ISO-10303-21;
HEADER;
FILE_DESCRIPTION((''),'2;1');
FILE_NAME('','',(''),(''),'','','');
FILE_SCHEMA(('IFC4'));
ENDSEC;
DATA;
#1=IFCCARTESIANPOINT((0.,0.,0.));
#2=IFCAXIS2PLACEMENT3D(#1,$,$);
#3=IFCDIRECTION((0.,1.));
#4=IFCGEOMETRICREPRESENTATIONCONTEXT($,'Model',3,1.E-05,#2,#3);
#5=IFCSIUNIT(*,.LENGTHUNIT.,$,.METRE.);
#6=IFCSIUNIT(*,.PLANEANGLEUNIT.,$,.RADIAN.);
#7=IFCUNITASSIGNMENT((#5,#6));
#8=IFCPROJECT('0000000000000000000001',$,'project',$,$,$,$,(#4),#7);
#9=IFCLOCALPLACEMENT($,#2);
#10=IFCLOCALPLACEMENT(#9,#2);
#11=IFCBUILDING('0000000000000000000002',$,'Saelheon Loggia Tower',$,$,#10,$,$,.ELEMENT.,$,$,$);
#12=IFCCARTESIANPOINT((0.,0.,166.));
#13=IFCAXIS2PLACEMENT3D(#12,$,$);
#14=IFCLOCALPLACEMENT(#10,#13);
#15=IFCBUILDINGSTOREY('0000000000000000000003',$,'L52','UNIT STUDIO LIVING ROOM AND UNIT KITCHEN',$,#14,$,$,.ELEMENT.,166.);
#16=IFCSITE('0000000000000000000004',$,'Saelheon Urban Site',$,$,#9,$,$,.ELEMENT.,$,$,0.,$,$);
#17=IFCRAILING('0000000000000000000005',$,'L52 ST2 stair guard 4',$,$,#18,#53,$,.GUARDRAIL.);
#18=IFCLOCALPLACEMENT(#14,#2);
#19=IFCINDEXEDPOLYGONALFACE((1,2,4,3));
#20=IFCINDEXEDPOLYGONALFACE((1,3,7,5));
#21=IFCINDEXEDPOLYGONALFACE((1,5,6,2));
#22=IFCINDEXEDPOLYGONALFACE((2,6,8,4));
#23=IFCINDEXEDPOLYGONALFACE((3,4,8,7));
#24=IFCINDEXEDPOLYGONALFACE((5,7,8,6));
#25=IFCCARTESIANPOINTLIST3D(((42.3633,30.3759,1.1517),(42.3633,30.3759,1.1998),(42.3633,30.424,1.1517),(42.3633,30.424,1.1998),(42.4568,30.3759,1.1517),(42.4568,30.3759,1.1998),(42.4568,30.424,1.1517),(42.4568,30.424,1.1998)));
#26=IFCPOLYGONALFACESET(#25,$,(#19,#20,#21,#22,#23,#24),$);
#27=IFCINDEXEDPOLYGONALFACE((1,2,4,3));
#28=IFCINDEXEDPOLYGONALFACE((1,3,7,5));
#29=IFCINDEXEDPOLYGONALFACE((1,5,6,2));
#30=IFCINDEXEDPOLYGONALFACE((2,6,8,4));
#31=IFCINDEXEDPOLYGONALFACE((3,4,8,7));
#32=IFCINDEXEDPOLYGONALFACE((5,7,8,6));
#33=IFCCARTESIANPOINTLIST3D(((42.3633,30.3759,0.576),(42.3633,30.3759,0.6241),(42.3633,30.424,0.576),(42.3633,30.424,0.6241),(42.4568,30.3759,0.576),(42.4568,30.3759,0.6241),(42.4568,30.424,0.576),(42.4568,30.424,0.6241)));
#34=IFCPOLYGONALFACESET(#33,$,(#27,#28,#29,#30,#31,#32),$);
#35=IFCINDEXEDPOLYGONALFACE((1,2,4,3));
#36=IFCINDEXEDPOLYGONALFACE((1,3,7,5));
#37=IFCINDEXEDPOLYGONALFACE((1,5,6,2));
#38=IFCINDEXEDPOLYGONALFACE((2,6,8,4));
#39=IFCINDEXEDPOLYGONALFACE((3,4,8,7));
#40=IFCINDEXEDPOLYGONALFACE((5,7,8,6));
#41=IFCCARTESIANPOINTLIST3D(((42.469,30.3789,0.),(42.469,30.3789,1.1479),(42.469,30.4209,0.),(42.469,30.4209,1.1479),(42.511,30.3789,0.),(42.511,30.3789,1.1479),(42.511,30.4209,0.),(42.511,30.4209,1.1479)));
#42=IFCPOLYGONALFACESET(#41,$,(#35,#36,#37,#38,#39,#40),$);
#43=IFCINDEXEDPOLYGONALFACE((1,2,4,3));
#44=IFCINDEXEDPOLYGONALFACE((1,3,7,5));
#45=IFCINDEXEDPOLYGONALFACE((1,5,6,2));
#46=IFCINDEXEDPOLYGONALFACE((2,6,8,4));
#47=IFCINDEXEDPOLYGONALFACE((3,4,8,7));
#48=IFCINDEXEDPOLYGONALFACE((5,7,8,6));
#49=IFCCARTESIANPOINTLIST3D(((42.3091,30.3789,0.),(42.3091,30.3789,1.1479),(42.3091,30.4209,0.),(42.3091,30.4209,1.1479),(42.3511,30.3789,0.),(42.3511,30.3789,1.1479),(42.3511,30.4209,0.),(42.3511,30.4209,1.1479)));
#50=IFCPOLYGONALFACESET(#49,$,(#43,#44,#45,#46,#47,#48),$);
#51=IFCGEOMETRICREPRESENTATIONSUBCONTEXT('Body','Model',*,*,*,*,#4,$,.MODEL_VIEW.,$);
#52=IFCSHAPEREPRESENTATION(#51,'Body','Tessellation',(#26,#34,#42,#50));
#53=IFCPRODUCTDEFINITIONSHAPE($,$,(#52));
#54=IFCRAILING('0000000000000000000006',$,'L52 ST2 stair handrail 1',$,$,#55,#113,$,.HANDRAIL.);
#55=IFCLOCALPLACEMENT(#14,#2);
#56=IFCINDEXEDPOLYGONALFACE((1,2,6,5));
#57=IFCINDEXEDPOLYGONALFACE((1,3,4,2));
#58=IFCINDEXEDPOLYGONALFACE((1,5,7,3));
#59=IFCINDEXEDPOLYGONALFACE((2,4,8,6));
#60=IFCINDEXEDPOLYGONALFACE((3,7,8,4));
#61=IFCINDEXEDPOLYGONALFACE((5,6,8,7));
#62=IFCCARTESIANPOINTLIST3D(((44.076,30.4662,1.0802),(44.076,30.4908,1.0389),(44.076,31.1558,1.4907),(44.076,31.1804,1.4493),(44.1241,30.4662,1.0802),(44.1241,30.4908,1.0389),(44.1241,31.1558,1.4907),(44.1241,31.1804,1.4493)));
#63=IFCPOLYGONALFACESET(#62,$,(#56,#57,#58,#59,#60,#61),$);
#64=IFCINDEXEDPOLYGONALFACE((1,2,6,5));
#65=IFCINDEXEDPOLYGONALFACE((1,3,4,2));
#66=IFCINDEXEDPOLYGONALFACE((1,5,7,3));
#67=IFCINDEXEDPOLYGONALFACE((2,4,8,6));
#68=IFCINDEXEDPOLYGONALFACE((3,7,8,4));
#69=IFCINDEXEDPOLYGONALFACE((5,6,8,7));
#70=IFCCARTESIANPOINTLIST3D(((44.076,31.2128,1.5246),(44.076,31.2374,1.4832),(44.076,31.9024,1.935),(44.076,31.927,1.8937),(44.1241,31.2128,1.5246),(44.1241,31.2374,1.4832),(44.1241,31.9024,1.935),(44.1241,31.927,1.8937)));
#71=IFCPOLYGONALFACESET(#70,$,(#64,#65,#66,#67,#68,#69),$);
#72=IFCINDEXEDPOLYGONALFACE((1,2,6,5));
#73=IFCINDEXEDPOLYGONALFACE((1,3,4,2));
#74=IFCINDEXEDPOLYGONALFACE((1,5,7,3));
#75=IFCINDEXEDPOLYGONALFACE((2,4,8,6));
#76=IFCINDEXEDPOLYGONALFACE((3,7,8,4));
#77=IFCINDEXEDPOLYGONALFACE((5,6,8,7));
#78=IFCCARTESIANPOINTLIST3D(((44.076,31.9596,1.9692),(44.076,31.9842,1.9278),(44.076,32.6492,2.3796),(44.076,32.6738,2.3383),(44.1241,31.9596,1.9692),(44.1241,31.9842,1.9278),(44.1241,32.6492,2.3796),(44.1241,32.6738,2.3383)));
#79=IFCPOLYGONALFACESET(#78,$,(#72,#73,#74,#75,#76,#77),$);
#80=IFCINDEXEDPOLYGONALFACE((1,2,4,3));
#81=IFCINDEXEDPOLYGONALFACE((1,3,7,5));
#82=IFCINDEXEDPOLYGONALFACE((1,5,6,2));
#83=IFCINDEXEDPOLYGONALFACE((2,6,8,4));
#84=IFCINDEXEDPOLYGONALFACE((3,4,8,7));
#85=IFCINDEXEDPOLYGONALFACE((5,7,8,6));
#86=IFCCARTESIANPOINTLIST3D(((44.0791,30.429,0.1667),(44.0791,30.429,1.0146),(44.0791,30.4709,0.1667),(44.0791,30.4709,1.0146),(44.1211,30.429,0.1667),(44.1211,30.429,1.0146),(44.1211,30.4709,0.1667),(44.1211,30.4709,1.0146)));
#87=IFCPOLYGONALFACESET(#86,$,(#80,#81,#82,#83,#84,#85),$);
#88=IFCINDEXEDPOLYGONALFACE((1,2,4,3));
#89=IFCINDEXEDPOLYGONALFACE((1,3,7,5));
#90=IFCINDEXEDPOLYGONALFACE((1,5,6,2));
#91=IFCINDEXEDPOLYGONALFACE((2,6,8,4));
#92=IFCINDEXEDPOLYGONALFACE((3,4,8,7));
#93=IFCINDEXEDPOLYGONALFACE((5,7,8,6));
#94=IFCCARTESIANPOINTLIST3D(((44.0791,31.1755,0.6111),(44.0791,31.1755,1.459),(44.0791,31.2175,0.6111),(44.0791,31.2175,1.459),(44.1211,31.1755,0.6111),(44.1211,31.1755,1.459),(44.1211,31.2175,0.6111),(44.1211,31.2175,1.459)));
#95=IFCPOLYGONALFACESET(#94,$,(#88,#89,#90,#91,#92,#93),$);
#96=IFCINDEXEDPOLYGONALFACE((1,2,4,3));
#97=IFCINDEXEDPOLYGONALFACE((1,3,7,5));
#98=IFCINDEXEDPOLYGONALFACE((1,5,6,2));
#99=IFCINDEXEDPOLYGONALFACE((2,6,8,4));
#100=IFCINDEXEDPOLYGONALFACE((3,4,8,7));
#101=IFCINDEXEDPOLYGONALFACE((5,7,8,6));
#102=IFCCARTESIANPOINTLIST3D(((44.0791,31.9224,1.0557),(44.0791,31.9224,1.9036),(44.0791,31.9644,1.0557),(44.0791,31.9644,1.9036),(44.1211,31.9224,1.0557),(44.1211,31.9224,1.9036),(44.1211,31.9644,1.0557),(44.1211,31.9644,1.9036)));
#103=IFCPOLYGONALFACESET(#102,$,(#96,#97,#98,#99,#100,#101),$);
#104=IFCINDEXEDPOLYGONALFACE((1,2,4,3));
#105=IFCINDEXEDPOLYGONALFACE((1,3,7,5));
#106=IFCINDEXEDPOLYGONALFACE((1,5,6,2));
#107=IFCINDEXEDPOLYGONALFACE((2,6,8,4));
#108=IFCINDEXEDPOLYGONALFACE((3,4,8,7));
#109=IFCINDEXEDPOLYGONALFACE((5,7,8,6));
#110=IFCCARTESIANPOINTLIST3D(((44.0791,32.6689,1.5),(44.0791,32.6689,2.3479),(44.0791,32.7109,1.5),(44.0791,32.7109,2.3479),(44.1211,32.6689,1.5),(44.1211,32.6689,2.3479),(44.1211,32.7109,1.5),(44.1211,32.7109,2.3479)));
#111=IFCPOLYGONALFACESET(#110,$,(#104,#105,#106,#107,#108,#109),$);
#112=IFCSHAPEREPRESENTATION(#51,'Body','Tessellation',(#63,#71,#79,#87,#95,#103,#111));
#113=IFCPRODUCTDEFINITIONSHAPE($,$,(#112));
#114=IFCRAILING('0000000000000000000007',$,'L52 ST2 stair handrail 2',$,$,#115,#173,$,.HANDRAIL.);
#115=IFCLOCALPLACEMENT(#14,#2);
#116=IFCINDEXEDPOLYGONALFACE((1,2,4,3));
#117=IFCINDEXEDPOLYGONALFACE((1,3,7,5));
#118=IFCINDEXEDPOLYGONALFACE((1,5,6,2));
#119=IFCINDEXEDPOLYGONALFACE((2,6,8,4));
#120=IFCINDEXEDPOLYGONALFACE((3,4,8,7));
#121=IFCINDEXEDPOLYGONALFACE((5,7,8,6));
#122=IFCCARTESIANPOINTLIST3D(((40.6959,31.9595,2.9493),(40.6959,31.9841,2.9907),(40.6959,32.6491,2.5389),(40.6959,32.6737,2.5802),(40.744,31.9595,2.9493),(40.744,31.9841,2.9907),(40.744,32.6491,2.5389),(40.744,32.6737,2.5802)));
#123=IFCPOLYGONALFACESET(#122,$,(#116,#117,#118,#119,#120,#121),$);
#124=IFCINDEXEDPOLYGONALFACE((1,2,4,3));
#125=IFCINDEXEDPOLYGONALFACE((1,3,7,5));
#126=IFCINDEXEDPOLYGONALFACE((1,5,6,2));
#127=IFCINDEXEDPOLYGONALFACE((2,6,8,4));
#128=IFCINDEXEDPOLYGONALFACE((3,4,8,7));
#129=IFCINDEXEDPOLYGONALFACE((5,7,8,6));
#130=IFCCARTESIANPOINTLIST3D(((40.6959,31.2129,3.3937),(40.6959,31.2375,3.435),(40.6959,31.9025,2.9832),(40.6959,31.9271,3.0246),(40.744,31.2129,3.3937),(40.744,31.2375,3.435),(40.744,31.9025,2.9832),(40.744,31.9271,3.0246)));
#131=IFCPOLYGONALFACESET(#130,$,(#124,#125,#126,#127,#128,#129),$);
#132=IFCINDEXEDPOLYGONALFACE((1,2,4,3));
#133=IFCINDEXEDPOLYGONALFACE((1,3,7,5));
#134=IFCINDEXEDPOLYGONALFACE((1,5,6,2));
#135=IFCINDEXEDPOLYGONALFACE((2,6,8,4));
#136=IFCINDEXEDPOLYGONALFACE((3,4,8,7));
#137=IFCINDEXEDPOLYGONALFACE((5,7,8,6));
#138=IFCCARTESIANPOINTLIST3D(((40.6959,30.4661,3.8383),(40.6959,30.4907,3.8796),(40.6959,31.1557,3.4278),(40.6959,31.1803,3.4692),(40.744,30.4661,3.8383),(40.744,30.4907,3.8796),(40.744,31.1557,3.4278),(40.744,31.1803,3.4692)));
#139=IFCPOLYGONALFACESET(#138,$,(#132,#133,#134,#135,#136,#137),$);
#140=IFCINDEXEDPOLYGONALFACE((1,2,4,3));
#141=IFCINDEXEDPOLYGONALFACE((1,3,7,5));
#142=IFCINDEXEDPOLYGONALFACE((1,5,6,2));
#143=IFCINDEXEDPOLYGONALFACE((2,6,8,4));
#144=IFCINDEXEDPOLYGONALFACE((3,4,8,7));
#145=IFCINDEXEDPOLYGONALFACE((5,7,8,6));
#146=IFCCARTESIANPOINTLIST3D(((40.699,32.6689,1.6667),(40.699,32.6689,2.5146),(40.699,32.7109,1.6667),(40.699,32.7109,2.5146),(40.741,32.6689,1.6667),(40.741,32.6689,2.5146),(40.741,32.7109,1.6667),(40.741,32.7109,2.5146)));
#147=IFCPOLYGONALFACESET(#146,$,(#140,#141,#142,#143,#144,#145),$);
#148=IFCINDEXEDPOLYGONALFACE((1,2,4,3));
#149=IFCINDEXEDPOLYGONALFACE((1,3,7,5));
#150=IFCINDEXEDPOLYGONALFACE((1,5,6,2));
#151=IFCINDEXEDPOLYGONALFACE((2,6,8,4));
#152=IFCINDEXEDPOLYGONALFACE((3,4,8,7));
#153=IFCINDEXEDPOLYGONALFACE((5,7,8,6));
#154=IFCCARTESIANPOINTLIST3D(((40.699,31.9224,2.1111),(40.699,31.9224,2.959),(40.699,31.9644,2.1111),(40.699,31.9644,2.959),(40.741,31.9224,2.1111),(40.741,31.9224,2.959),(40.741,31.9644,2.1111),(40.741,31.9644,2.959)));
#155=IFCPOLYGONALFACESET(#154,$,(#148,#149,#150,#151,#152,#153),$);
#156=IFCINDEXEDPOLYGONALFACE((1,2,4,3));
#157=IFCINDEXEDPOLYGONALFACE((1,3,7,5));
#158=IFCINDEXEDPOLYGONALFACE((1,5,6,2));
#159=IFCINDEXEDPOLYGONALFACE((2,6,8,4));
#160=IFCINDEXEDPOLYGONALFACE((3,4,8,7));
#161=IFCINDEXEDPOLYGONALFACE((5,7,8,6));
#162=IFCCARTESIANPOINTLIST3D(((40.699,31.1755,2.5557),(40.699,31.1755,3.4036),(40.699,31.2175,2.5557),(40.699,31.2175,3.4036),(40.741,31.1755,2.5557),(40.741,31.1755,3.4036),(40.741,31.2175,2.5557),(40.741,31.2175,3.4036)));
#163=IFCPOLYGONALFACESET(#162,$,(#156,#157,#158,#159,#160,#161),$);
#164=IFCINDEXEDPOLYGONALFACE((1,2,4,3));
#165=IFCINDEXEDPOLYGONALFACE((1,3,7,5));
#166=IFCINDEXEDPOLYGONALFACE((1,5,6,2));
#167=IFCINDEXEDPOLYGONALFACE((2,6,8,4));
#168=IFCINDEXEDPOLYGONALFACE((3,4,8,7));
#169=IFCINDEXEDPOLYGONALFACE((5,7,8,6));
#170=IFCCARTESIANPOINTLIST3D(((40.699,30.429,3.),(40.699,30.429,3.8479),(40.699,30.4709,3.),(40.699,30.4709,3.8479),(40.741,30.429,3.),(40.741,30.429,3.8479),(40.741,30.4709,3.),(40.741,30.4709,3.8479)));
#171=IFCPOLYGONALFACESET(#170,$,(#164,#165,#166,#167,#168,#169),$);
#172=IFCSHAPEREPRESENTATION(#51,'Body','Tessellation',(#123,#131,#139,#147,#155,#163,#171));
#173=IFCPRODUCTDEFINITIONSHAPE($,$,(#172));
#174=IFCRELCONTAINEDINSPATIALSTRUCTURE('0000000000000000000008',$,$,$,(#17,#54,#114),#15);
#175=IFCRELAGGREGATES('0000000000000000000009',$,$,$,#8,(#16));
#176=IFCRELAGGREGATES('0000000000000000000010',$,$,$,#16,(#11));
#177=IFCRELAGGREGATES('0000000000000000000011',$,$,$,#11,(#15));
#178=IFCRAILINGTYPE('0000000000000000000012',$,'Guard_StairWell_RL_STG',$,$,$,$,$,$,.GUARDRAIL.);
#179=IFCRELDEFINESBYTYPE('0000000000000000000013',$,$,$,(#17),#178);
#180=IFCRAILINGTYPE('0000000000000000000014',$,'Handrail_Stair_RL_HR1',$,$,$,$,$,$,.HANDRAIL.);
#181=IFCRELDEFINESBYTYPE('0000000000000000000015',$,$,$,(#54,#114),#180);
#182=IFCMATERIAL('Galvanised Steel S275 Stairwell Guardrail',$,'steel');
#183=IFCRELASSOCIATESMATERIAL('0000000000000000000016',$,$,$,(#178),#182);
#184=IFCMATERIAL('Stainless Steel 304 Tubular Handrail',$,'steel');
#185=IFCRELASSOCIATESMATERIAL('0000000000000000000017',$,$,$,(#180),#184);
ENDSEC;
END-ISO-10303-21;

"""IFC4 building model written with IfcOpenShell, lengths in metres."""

from ifc_helpers import new_model, si_unit, direction, frame, origin, origin_2d, place, context, subcontext, project, spatial, rectangle, extrude, material, type_object, element, save


model = new_model("IFC4")

# Units and contexts
model_context = context("Model", 3, precision=1e-05, world=origin(), true_north=direction((0.0, 1.0)))
body_context = subcontext(model_context, "Body", "Model", "MODEL_VIEW")
ifc_project = project(units=[si_unit("LENGTHUNIT", "METRE"), si_unit("PLANEANGLEUNIT", "RADIAN")], contexts=[model_context])

# Site, building, storey
site_placement = place(None, origin())
site = spatial("IfcSite", under=ifc_project, at=site_placement, Name="Saelheon Urban Site", CompositionType="ELEMENT", RefElevation=0.0)
building_placement = place(site_placement, origin())
building = spatial("IfcBuilding", under=site, at=building_placement, Name="Saelheon Loggia Tower", CompositionType="ELEMENT")
storey_placement = place(building_placement, frame((0.0, 0.0, 166.0)))
storey = spatial("IfcBuildingStorey", under=building, at=storey_placement, Name="L52", Description="UNIT STUDIO LIVING ROOM AND UNIT KITCHEN", CompositionType="ELEMENT", Elevation=166.0)

# Railings
ifc_material_1 = material(Name="Galvanised Steel S275 Stairwell Guardrail", Category="steel")
railing_type_1 = type_object("IfcRailingType", Name="Guard_StairWell_RL_STG", PredefinedType="GUARDRAIL", material=ifc_material_1)
railing_1_placement = place(storey_placement, frame((42.49, 30.3999, 0.0)))
element("IfcRailing", 1, at=railing_1_placement, inside=storey, type_object=railing_type_1, Name="L52 ST2 stair guard 4", PredefinedType="GUARDRAIL", context=body_context, shape_type="SweptSolid", body=[
    extrude(rectangle(XDim=0.0481, YDim=0.0481, at=origin_2d()), frame((-0.0332, 0.0, 1.1758), z_axis=(-1.0, 0.0, 0.0), x_axis=(0.0, -1.0, 0.0)), (0.0, 0.0, 1.0), 0.0935),
    extrude(rectangle(XDim=0.0481, YDim=0.0481, at=origin_2d()), frame((-0.0332, 0.0, 0.6001), z_axis=(-1.0, 0.0, 0.0), x_axis=(0.0, -1.0, 0.0)), (0.0, 0.0, 1.0), 0.0935),
    extrude(rectangle(XDim=0.042, YDim=0.042, at=origin_2d()), origin(), (0.0, 0.0, 1.0), 1.1479),
    extrude(rectangle(XDim=0.042, YDim=0.042, at=origin_2d()), frame((-0.1599, 0.0, 0.0)), (0.0, 0.0, 1.0), 1.1479),
])
ifc_material_2 = material(Name="Stainless Steel 304 Tubular Handrail", Category="steel")
railing_type_2 = type_object("IfcRailingType", Name="Handrail_Stair_RL_HR1", PredefinedType="HANDRAIL", material=ifc_material_2)
railing_2_placement = place(storey_placement, frame((44.1001, 30.45, 0.1667)))
element("IfcRailing", 2, at=railing_2_placement, inside=storey, type_object=railing_type_2, Name="L52 ST2 stair handrail 1", PredefinedType="HANDRAIL", context=body_context, shape_type="SweptSolid", body=[
    extrude(rectangle(XDim=0.0481, YDim=0.0481, at=origin_2d()), frame((0.0, 0.0286, 0.8928), z_axis=(0.0, 0.859306, 0.511462), x_axis=(-1.0, 0.0, 0.0)), (0.0, 0.0, 1.0), 0.8025),
    extrude(rectangle(XDim=0.0481, YDim=0.0481, at=origin_2d()), frame((0.0, 0.7751, 1.3372), z_axis=(0.0, 0.859306, 0.511462), x_axis=(-1.0, 0.0, 0.0)), (0.0, 0.0, 1.0), 0.8025),
    extrude(rectangle(XDim=0.0481, YDim=0.0481, at=origin_2d()), frame((0.0, 1.522, 1.7817), z_axis=(0.0, 0.859306, 0.511462), x_axis=(-1.0, 0.0, 0.0)), (0.0, 0.0, 1.0), 0.8025),
    extrude(rectangle(XDim=0.042, YDim=0.042, at=origin_2d()), origin(), (0.0, 0.0, 1.0), 0.8479),
    extrude(rectangle(XDim=0.042, YDim=0.042, at=origin_2d()), frame((0.0, 0.7466, 0.4443)), (0.0, 0.0, 1.0), 0.8479),
    extrude(rectangle(XDim=0.042, YDim=0.042, at=origin_2d()), frame((0.0, 1.4934, 0.8889)), (0.0, 0.0, 1.0), 0.8479),
    extrude(rectangle(XDim=0.042, YDim=0.042, at=origin_2d()), frame((0.0, 2.24, 1.3333)), (0.0, 0.0, 1.0), 0.8479),
])
railing_3_placement = place(storey_placement, frame((40.72, 32.6899, 1.6667)))
element("IfcRailing", 3, at=railing_3_placement, inside=storey, type_object=railing_type_2, Name="L52 ST2 stair handrail 2", PredefinedType="HANDRAIL", context=body_context, shape_type="SweptSolid", body=[
    extrude(rectangle(XDim=0.0481, YDim=0.0481, at=origin_2d()), frame((0.0, -0.0286, 0.8928), z_axis=(0.0, -0.859306, 0.511462), x_axis=(1.0, 0.0, 0.0)), (0.0, 0.0, 1.0), 0.8025),
    extrude(rectangle(XDim=0.0481, YDim=0.0481, at=origin_2d()), frame((0.0, -0.7751, 1.3372), z_axis=(0.0, -0.859306, 0.511462), x_axis=(1.0, 0.0, 0.0)), (0.0, 0.0, 1.0), 0.8025),
    extrude(rectangle(XDim=0.0481, YDim=0.0481, at=origin_2d()), frame((0.0, -1.522, 1.7817), z_axis=(0.0, -0.859306, 0.511462), x_axis=(1.0, 0.0, 0.0)), (0.0, 0.0, 1.0), 0.8025),
    extrude(rectangle(XDim=0.042, YDim=0.042, at=origin_2d()), origin(), (0.0, 0.0, 1.0), 0.8479),
    extrude(rectangle(XDim=0.042, YDim=0.042, at=origin_2d()), frame((0.0, -0.7466, 0.4443)), (0.0, 0.0, 1.0), 0.8479),
    extrude(rectangle(XDim=0.042, YDim=0.042, at=origin_2d()), frame((0.0, -1.4934, 0.8889)), (0.0, 0.0, 1.0), 0.8479),
    extrude(rectangle(XDim=0.042, YDim=0.042, at=origin_2d()), frame((0.0, -2.24, 1.3333)), (0.0, 0.0, 1.0), 0.8479),
])

save(model, "model.ifc")
